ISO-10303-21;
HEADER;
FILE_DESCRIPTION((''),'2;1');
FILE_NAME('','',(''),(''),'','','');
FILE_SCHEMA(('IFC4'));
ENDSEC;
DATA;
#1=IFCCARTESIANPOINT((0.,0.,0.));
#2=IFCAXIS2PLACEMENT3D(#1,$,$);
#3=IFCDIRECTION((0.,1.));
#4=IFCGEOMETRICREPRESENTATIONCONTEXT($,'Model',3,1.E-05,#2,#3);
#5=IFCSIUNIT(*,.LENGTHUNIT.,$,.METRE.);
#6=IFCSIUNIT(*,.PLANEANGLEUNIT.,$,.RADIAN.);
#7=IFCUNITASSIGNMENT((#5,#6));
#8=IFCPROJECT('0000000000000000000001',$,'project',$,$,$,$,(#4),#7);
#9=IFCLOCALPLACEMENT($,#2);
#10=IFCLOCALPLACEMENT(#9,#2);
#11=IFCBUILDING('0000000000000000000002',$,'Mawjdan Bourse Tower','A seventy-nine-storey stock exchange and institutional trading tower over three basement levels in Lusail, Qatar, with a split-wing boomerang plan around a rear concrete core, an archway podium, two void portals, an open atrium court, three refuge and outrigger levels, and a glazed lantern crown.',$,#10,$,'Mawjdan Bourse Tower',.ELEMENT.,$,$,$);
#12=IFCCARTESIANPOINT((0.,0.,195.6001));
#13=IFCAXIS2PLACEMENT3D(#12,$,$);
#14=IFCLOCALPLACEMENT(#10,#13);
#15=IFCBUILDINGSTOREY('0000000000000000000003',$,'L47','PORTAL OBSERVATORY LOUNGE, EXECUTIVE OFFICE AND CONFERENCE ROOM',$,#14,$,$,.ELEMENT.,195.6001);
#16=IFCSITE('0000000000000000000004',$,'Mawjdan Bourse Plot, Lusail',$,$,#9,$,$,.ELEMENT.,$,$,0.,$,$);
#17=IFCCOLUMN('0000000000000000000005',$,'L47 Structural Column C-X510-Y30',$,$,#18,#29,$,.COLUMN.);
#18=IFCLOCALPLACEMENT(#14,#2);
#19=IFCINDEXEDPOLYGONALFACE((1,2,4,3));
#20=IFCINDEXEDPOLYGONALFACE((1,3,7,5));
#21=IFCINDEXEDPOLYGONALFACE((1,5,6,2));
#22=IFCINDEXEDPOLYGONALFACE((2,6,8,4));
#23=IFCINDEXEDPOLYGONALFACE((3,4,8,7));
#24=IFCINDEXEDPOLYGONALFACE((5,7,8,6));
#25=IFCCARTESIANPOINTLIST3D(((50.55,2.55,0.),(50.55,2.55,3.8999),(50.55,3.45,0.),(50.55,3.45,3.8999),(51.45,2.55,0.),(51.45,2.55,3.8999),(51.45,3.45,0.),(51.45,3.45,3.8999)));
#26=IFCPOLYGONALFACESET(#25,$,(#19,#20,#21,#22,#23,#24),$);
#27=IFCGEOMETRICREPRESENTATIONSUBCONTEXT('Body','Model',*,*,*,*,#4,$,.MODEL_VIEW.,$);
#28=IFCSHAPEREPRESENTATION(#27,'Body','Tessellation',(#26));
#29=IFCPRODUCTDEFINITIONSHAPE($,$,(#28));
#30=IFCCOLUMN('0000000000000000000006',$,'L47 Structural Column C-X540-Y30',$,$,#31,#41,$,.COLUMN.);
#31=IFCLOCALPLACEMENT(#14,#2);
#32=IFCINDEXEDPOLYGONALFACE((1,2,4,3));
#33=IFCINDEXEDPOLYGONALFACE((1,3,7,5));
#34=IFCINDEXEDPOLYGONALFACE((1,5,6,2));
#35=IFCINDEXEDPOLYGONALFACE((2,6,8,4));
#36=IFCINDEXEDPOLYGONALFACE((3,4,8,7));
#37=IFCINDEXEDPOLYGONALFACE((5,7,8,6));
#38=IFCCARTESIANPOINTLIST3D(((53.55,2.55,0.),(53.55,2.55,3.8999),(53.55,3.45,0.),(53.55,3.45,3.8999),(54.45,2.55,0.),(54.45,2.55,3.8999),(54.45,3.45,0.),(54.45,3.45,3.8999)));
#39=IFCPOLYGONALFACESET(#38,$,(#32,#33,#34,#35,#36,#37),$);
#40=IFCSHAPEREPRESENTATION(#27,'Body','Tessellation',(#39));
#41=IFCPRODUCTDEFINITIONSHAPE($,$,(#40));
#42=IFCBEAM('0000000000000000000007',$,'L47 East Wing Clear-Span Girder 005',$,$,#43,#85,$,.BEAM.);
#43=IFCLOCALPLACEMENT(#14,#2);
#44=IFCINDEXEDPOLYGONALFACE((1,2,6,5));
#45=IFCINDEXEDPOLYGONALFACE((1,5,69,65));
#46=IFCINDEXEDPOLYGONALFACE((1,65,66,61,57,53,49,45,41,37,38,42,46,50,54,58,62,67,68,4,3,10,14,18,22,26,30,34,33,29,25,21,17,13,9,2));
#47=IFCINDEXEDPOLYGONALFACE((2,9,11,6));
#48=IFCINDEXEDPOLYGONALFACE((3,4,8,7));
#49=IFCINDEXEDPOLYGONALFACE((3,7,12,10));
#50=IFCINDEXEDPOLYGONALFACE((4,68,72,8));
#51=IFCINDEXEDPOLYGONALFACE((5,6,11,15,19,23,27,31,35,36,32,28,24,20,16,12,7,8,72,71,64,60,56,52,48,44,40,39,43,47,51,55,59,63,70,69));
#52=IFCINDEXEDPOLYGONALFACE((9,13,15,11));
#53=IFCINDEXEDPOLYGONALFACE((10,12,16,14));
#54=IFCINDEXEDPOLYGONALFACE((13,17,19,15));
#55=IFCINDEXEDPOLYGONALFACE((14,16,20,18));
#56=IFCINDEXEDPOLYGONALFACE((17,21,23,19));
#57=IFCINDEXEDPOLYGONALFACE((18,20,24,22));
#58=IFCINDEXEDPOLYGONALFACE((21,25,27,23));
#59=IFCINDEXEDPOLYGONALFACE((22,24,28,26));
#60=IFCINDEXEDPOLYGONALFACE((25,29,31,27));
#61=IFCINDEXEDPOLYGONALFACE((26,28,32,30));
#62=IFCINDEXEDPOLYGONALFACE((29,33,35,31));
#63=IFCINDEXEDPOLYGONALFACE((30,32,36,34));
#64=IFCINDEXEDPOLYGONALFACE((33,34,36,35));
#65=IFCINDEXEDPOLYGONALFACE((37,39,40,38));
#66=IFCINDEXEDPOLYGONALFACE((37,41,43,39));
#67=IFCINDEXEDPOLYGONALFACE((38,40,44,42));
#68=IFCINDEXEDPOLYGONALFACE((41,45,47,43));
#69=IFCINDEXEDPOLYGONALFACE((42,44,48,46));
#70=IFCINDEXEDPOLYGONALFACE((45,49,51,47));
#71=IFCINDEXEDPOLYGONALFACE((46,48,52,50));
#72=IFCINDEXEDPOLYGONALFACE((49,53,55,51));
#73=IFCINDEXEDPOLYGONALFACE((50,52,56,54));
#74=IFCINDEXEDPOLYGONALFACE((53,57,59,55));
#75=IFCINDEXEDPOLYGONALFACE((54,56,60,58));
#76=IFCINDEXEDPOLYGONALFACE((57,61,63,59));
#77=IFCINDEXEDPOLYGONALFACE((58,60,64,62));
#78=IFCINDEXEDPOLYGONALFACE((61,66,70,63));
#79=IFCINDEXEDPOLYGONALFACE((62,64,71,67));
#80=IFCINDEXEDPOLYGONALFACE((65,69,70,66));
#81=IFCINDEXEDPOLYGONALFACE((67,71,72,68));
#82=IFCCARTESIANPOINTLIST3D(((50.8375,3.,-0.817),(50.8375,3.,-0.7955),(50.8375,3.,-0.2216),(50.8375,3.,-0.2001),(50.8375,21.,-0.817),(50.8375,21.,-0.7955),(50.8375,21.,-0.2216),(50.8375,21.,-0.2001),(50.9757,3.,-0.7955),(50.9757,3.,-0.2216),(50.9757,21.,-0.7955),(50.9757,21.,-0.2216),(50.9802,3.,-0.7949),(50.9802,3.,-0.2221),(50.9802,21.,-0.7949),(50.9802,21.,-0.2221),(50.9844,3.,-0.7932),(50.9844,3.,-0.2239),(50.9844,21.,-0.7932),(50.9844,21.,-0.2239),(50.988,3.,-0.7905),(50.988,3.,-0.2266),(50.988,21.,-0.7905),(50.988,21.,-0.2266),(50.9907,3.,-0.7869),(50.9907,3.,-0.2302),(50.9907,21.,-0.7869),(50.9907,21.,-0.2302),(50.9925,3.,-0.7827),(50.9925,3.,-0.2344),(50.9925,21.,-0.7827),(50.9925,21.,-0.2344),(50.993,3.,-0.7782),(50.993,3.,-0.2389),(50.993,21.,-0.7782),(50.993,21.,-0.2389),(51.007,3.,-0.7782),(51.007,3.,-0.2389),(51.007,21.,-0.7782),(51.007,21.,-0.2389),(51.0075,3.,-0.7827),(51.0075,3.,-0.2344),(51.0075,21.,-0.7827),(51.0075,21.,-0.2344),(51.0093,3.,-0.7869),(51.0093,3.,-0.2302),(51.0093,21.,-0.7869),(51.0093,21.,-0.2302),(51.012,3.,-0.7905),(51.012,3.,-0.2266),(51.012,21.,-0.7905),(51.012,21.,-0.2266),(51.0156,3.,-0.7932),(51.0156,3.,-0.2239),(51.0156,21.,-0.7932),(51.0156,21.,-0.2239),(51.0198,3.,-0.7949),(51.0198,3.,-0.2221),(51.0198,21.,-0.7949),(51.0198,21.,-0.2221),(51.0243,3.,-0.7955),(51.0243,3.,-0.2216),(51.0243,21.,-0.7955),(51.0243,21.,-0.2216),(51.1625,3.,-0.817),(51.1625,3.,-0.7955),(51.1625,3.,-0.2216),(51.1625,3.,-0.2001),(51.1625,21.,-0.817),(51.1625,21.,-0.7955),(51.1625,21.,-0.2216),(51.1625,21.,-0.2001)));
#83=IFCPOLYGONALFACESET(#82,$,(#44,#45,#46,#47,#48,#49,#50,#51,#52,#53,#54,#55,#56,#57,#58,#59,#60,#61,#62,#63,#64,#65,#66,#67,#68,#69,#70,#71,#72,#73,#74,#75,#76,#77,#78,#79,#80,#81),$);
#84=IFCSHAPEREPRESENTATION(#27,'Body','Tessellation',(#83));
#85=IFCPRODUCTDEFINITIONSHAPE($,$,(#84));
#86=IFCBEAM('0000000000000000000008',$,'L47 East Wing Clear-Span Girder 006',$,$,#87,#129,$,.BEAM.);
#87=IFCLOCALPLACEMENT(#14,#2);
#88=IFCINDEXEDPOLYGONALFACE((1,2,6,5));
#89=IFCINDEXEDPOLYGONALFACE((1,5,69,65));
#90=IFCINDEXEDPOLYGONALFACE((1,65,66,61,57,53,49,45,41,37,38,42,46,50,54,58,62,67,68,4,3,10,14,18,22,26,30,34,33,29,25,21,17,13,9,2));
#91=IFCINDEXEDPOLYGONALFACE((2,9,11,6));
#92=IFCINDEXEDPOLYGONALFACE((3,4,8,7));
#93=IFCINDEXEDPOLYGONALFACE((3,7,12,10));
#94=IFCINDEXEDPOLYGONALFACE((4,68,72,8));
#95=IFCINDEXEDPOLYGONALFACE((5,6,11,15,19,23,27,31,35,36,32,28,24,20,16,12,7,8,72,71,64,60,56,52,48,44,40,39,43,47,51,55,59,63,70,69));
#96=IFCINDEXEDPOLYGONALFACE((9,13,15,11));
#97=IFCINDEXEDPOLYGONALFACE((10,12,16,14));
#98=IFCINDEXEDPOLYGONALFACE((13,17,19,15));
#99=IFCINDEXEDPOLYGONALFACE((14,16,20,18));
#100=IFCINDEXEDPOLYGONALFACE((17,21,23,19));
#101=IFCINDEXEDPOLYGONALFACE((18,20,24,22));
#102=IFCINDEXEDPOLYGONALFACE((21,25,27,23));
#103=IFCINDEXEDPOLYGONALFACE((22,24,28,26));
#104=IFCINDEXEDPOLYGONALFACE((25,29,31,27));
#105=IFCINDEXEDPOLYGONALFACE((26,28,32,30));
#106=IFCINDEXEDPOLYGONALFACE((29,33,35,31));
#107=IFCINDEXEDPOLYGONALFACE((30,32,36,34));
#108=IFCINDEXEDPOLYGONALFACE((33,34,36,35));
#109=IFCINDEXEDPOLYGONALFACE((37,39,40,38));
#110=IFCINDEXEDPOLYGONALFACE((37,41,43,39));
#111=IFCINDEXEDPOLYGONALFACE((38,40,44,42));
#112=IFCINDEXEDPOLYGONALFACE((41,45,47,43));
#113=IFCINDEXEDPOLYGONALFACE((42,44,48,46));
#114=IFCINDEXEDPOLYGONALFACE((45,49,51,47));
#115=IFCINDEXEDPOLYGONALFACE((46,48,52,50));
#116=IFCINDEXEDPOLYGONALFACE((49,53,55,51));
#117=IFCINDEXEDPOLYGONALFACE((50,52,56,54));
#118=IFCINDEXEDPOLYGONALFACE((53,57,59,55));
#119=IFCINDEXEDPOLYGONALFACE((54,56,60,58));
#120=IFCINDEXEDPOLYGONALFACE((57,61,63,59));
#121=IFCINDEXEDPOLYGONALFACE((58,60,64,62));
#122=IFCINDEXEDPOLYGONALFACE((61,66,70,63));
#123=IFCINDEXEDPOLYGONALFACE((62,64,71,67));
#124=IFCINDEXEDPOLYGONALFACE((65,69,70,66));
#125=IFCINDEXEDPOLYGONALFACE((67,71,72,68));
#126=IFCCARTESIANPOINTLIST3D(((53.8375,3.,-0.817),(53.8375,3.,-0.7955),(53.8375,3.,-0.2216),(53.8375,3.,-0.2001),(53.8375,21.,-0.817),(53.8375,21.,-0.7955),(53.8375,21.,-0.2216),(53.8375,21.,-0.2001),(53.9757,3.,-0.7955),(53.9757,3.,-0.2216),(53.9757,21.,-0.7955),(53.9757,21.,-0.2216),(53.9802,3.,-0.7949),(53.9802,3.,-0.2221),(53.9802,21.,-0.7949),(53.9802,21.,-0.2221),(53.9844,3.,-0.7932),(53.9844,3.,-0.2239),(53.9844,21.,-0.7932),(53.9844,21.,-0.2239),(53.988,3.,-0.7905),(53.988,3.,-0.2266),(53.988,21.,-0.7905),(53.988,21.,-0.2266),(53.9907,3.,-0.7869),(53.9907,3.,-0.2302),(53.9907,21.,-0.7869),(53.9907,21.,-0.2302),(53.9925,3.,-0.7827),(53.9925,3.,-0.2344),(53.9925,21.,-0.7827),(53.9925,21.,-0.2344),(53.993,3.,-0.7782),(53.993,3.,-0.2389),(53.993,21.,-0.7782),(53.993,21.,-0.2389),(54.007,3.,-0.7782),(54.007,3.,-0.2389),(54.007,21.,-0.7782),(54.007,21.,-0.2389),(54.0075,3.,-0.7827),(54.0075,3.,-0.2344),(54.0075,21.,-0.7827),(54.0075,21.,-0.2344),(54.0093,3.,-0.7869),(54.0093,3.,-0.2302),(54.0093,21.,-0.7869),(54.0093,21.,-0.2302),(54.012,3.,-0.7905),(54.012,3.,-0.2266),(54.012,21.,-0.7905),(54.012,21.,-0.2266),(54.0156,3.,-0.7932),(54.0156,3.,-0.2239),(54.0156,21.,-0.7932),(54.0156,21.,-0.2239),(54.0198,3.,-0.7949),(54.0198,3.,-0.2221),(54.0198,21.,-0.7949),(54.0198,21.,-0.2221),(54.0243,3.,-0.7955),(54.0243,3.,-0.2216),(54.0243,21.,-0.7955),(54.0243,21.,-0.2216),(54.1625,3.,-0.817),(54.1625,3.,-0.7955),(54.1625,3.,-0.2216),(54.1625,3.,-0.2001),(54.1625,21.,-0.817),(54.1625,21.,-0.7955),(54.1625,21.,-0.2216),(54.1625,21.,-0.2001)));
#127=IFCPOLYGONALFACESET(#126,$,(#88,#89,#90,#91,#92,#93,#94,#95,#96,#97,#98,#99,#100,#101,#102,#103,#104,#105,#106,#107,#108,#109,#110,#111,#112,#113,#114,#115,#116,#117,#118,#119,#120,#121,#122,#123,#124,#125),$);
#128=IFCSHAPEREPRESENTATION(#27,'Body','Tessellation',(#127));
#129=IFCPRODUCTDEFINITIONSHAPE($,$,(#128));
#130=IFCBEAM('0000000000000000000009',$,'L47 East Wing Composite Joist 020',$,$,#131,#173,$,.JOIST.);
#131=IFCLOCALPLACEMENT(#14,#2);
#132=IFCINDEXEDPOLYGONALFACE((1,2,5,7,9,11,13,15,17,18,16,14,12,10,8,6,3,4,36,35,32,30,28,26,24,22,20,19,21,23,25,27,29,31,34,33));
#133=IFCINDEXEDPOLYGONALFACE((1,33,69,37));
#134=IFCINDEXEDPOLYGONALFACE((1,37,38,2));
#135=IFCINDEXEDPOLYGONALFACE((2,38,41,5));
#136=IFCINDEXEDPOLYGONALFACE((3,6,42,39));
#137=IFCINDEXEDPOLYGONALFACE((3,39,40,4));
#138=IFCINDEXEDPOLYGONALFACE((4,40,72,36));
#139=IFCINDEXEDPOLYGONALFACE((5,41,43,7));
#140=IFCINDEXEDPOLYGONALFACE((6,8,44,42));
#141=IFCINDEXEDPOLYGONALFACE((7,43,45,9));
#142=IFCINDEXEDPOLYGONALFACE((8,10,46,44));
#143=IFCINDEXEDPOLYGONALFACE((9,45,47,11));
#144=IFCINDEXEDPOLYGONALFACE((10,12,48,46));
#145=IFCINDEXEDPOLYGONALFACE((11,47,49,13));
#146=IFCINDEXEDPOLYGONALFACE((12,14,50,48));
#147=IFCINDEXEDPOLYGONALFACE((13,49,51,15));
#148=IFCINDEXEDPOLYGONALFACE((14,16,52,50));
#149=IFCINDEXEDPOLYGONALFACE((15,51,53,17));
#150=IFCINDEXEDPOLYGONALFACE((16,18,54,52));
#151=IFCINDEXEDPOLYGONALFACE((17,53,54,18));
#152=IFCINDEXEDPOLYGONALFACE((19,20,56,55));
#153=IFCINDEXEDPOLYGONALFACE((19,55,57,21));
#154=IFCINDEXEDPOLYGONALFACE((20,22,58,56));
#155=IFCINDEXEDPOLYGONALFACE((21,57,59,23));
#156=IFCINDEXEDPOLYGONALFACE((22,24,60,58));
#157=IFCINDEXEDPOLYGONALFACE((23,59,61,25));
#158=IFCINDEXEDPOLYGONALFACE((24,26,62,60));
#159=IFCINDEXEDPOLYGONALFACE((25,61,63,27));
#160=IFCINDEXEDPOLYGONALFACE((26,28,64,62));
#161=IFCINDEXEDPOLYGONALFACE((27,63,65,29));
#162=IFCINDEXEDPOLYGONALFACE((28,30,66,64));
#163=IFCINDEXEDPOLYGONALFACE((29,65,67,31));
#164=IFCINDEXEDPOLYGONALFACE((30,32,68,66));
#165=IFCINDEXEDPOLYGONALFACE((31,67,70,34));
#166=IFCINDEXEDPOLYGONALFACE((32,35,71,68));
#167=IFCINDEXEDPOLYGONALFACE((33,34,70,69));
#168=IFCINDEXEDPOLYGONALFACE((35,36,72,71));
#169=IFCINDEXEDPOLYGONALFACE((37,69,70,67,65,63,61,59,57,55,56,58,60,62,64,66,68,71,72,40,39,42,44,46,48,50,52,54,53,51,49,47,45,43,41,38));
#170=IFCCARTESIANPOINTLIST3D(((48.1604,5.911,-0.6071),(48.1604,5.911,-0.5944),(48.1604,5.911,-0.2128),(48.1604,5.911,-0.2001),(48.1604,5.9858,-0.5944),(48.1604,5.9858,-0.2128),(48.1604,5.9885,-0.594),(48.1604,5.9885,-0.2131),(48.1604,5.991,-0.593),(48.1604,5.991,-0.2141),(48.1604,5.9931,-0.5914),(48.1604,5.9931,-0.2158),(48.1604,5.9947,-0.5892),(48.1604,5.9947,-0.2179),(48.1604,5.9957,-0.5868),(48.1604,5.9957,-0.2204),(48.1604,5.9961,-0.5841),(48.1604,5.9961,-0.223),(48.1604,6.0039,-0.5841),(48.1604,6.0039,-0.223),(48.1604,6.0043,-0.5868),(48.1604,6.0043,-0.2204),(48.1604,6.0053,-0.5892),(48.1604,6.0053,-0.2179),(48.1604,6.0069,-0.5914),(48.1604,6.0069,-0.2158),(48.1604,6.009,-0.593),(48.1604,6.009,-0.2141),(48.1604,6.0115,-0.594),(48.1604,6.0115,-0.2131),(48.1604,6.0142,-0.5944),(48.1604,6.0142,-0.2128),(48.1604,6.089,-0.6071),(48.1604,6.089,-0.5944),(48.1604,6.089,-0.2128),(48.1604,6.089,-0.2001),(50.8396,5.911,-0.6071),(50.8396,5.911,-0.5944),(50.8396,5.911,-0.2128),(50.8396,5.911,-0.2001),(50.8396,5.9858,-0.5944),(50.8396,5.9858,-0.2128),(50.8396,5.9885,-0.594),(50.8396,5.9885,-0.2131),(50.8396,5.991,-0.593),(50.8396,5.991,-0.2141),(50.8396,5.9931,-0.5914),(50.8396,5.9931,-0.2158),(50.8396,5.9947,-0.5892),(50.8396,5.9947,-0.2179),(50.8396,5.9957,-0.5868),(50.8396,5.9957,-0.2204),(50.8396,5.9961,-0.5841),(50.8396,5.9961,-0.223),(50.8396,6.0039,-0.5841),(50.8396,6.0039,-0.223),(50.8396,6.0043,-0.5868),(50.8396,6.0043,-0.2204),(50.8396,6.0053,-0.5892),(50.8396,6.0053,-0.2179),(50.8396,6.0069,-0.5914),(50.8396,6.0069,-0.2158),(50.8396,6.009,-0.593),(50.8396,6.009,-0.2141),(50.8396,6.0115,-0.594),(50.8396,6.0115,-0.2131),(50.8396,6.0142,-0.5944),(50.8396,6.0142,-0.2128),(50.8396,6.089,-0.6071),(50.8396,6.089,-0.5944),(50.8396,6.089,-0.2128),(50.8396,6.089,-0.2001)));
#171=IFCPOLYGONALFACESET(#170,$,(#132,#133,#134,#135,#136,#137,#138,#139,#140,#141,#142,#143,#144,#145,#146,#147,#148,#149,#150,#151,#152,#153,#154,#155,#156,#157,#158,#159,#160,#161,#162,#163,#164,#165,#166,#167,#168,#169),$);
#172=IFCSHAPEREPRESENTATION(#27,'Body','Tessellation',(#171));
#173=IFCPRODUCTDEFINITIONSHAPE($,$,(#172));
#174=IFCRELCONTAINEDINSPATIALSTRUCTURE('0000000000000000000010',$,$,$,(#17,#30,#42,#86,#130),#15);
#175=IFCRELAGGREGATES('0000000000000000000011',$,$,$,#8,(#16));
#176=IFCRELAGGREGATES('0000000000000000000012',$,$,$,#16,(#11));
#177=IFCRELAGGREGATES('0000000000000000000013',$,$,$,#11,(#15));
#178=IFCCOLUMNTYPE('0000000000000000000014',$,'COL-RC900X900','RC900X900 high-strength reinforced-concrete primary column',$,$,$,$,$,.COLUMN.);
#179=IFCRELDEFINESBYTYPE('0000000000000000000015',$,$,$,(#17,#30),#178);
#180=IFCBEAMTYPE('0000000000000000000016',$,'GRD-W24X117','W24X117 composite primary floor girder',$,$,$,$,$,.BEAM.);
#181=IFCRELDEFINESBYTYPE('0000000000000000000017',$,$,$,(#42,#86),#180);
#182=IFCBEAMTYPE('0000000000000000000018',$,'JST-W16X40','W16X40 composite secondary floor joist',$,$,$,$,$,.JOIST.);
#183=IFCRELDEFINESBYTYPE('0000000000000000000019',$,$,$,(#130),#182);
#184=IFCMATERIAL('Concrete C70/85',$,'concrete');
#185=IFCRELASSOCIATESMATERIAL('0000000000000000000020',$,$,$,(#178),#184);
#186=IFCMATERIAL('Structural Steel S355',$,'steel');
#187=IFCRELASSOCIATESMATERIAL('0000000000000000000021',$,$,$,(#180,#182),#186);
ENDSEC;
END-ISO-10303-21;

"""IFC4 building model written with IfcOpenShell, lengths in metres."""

from ifc_helpers import new_model, si_unit, direction, frame, origin, origin_2d, place, context, subcontext, project, spatial, rectangle, i_section, extrude, material, material_profile, profile_set, type_object, element, save


model = new_model("IFC4")

# Units and contexts
model_context = context("Model", 3, precision=1e-05, world=origin(), true_north=direction((0.0, 1.0)))
body_context = subcontext(model_context, "Body", "Model", "MODEL_VIEW")
ifc_project = project(units=[si_unit("LENGTHUNIT", "METRE"), si_unit("PLANEANGLEUNIT", "RADIAN")], contexts=[model_context])

# Site, building, storey
site_placement = place(None, origin())
site = spatial("IfcSite", under=ifc_project, at=site_placement, Name="Mawjdan Bourse Plot, Lusail", CompositionType="ELEMENT", RefElevation=0.0)
building_placement = place(site_placement, origin())
building = spatial("IfcBuilding", under=site, at=building_placement, Name="Mawjdan Bourse Tower", Description="A seventy-nine-storey stock exchange and institutional trading tower over three basement levels in Lusail, Qatar, with a split-wing boomerang plan around a rear concrete core, an archway podium, two void portals, an open atrium court, three refuge and outrigger levels, and a glazed lantern crown.", LongName="Mawjdan Bourse Tower", CompositionType="ELEMENT")
storey_placement = place(building_placement, frame((0.0, 0.0, 195.6001)))
storey = spatial("IfcBuildingStorey", under=building, at=storey_placement, Name="L47", Description="PORTAL OBSERVATORY LOUNGE, EXECUTIVE OFFICE AND CONFERENCE ROOM", CompositionType="ELEMENT", Elevation=195.6001)

# Columns
ifc_material_1 = material(Name="Concrete C70/85", Category="concrete")
ifc_material_profile_1 = material_profile(ifc_material_1, rectangle(XDim=0.8999, YDim=0.8999, at=origin_2d()), Name="RC900X900")
ifc_profile_set_1 = profile_set([ifc_material_profile_1], Name="Concrete C70/85")
column_type = type_object("IfcColumnType", Name="COL-RC900X900", Description="RC900X900 high-strength reinforced-concrete primary column", PredefinedType="COLUMN", material=ifc_profile_set_1)
for number, where, z_axis, x_axis, name in (
    (1, (51.0, 3.0, 0.0), (0.0, 0.0, 1.0), (1.0, 0.0, 0.0), "L47 Structural Column C-X510-Y30"),
    (2, (54.0, 3.0, 0.0), (0.0, 0.0, 1.0), (1.0, 0.0, 0.0), "L47 Structural Column C-X540-Y30"),
):
    element("IfcColumn", number, at=place(storey_placement, frame(where, z_axis=z_axis, x_axis=x_axis)), inside=storey, type_object=column_type, Name=name, PredefinedType="COLUMN", context=body_context, shape_type="SweptSolid", body=[
        extrude(rectangle(XDim=0.8999, YDim=0.8999, at=origin_2d()), origin(), (0.0, 0.0, 1.0), 3.8999),
    ])

# Beams
ifc_material_2 = material(Name="Structural Steel S355", Category="steel")
ifc_material_profile_2 = material_profile(ifc_material_2, i_section(OverallWidth=0.325, OverallDepth=0.6169, WebThickness=0.0139, FlangeThickness=0.0215, FilletRadius=0.0173, at=origin_2d()), Name="W24X117")
ifc_profile_set_2 = profile_set([ifc_material_profile_2], Name="Structural Steel S355")
beam_type_1 = type_object("IfcBeamType", Name="GRD-W24X117", Description="W24X117 composite primary floor girder", PredefinedType="BEAM", material=ifc_profile_set_2)
for number, where, z_axis, x_axis, name in (
    (3, (51.0, 3.0, -0.5085), (0.0, 1.0, 0.0), (-1.0, 0.0, 0.0), "L47 East Wing Clear-Span Girder 005"),
    (4, (54.0, 3.0, -0.5085), (0.0, 1.0, 0.0), (-1.0, 0.0, 0.0), "L47 East Wing Clear-Span Girder 006"),
):
    element("IfcBeam", number, at=place(storey_placement, frame(where, z_axis=z_axis, x_axis=x_axis)), inside=storey, type_object=beam_type_1, Name=name, PredefinedType="BEAM", context=body_context, shape_type="SweptSolid", body=[
        extrude(i_section(OverallWidth=0.325, OverallDepth=0.6169, WebThickness=0.0139, FlangeThickness=0.0215, FilletRadius=0.0173, at=origin_2d()), origin(), (0.0, 0.0, 1.0), 18.0),
    ])
ifc_material_profile_3 = material_profile(ifc_material_2, i_section(OverallWidth=0.178, OverallDepth=0.407, WebThickness=0.0078, FlangeThickness=0.0127, FilletRadius=0.0103, at=origin_2d()), Name="W16X40")
ifc_profile_set_3 = profile_set([ifc_material_profile_3], Name="Structural Steel S355")
beam_type_2 = type_object("IfcBeamType", Name="JST-W16X40", Description="W16X40 composite secondary floor joist", PredefinedType="JOIST", material=ifc_profile_set_3)
for number, where, z_axis, x_axis, name in (
    (5, (48.1604, 6.0, -0.4036), (1.0, 0.0, 0.0), (0.0, 1.0, 0.0), "L47 East Wing Composite Joist 020"),
):
    element("IfcBeam", number, at=place(storey_placement, frame(where, z_axis=z_axis, x_axis=x_axis)), inside=storey, type_object=beam_type_2, Name=name, PredefinedType="JOIST", context=body_context, shape_type="SweptSolid", body=[
        extrude(i_section(OverallWidth=0.178, OverallDepth=0.407, WebThickness=0.0078, FlangeThickness=0.0127, FilletRadius=0.0103, at=origin_2d()), origin(), (0.0, 0.0, 1.0), 2.6792),
    ])

save(model, "model.ifc")
